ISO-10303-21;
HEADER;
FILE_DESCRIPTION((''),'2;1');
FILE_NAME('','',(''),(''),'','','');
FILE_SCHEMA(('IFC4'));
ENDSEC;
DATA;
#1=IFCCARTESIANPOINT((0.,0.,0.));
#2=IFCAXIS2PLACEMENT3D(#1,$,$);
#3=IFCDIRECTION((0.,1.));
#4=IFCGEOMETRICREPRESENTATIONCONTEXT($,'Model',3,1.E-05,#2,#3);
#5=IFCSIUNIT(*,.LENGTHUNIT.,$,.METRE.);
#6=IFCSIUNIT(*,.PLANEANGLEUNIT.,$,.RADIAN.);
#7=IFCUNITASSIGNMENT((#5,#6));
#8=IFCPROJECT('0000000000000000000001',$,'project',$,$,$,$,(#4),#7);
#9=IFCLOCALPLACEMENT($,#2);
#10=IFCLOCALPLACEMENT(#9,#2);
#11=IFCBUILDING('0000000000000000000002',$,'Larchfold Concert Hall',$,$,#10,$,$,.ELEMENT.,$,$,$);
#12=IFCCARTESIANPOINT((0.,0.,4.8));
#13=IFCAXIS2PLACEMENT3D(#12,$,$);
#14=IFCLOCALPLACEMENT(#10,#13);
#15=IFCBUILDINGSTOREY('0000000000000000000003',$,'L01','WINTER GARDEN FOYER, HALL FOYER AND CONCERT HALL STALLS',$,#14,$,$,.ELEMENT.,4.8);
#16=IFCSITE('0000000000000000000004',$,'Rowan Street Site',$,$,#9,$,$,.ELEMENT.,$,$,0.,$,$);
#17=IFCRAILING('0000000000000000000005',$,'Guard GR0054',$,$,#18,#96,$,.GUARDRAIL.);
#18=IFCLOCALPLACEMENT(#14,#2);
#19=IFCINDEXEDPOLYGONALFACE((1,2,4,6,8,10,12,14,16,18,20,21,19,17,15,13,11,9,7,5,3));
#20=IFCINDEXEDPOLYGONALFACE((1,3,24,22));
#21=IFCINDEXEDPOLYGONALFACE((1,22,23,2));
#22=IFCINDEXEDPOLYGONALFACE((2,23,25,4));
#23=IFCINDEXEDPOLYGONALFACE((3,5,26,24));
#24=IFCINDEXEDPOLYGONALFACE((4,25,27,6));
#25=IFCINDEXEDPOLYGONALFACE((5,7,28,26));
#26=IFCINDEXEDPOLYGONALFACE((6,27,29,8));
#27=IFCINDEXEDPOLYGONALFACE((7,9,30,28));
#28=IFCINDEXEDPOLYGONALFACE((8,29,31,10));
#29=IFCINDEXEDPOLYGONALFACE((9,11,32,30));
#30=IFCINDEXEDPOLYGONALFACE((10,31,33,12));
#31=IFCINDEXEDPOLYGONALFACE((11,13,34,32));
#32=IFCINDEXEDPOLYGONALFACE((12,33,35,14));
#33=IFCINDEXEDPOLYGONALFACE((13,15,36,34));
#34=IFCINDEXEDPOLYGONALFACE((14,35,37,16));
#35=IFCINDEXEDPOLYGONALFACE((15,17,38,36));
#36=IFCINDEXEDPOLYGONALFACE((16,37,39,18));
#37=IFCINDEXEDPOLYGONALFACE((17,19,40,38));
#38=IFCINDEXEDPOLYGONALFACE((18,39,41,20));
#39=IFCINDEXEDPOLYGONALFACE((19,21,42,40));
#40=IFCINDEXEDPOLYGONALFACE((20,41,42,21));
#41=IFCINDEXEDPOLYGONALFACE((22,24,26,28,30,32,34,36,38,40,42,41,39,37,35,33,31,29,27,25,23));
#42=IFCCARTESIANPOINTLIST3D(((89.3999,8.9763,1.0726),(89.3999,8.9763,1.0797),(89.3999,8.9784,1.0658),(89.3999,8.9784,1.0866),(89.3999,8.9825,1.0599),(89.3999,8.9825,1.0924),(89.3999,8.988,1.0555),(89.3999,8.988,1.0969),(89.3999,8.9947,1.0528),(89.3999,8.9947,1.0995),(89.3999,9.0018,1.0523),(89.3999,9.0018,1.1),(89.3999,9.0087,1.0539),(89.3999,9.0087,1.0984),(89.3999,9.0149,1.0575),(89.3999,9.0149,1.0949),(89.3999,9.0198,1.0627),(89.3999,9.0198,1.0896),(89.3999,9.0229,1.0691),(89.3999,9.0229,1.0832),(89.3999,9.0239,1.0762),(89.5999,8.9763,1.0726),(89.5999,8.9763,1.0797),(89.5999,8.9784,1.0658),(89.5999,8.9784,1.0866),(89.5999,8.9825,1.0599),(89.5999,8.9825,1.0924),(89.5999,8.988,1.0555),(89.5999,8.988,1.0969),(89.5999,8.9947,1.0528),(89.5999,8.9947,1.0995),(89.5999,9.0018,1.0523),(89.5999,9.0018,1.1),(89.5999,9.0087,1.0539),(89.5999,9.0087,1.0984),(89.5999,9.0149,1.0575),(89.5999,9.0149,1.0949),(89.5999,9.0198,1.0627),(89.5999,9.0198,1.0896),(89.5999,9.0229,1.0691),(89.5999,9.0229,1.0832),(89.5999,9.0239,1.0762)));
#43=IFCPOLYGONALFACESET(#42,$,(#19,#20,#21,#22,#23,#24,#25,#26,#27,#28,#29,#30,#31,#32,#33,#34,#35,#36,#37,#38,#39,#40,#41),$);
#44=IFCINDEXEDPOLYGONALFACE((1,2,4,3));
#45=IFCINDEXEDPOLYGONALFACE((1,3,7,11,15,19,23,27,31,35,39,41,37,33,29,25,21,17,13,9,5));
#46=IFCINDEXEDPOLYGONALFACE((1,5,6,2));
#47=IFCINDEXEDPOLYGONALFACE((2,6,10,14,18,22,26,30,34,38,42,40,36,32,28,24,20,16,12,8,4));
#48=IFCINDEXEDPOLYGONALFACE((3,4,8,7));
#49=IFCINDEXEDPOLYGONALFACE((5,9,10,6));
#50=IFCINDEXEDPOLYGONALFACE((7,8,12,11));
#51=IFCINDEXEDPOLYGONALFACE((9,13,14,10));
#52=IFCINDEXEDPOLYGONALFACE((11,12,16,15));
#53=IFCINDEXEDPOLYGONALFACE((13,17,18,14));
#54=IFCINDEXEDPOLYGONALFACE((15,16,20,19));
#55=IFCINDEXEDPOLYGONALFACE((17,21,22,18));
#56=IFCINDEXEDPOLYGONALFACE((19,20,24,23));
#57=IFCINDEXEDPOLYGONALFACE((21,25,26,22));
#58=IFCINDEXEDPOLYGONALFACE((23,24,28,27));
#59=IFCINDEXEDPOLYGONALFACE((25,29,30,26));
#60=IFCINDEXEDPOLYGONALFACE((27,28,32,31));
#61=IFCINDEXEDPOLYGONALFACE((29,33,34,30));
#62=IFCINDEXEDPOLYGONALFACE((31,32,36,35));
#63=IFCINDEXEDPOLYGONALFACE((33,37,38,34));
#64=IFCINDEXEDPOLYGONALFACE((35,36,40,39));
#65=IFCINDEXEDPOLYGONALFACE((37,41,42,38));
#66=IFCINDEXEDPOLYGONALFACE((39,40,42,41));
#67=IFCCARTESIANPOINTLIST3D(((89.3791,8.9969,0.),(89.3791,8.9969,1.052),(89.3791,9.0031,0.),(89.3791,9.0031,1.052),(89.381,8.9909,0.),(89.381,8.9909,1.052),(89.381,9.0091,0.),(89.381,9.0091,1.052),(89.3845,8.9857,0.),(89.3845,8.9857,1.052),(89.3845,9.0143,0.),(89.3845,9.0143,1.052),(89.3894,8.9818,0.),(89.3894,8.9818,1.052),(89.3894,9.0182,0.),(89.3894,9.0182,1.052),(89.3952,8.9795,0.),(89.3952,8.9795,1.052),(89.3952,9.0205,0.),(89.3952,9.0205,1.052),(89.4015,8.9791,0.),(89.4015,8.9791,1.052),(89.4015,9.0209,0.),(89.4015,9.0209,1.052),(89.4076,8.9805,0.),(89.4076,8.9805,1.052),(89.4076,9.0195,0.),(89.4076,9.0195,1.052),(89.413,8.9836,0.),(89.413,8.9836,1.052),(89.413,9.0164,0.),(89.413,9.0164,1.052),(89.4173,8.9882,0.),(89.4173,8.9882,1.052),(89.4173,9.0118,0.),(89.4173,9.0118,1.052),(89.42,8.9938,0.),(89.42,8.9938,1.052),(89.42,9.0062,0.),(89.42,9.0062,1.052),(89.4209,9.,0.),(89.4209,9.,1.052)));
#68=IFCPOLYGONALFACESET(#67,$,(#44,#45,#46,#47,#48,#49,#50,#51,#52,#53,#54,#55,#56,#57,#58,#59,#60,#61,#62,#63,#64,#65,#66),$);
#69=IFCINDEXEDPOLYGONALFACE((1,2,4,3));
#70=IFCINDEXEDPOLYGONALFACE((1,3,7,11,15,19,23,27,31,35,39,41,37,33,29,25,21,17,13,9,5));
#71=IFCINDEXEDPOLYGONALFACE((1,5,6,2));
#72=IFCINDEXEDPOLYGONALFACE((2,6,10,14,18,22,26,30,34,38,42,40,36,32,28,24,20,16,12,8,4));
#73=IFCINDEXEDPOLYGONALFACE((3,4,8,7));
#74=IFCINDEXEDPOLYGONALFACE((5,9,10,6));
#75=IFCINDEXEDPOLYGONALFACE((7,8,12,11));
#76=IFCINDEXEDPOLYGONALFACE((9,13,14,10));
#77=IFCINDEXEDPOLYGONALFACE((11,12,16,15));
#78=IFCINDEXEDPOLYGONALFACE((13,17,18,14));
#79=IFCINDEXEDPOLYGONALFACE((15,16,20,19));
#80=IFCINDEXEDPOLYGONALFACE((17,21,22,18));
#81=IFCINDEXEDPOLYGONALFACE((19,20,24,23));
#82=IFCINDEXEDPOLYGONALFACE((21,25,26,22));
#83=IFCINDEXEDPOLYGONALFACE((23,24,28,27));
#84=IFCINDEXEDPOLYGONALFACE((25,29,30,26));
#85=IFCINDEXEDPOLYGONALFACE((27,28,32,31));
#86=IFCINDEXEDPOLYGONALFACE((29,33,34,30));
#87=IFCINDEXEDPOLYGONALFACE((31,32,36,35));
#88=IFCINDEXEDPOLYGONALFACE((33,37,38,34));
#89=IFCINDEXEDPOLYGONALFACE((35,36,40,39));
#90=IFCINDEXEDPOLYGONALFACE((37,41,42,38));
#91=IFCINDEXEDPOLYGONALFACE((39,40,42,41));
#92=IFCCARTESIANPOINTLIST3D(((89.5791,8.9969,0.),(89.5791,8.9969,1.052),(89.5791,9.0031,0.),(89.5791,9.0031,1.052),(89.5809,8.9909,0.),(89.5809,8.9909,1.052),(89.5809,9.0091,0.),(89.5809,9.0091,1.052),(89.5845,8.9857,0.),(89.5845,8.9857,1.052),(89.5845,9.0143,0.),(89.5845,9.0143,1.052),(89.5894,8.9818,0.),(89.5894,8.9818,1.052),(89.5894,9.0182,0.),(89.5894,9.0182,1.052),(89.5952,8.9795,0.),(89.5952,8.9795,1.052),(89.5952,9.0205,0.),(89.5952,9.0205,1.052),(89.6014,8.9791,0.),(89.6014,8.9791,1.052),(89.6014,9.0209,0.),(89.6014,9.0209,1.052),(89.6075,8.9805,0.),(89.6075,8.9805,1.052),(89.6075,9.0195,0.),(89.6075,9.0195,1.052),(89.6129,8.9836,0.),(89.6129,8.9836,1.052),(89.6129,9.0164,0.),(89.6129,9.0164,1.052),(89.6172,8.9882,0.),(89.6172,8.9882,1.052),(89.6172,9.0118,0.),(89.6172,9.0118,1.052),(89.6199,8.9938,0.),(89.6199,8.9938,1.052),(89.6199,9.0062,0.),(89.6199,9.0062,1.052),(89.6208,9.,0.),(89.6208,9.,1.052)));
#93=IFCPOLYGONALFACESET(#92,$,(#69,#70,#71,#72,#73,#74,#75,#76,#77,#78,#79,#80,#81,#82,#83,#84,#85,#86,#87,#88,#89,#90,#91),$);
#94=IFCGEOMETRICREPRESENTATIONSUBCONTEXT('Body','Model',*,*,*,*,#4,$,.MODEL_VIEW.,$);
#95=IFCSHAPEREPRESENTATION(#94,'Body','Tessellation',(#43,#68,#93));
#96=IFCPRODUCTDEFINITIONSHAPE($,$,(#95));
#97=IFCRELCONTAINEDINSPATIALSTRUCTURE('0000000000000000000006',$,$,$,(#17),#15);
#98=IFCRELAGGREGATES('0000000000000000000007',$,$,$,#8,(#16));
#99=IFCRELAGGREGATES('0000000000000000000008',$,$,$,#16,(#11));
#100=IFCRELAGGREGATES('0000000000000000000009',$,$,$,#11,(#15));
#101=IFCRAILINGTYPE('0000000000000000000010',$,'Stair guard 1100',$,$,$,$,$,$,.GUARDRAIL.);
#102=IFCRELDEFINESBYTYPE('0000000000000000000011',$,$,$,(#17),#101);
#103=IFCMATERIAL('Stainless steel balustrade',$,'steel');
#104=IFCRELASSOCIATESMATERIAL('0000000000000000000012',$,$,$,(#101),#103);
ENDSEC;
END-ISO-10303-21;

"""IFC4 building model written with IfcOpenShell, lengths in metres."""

from ifc_helpers import new_model, si_unit, direction, frame, origin, origin_2d, place, context, subcontext, project, spatial, circle, extrude, material, type_object, element, save


model = new_model("IFC4")

# Units and contexts
model_context = context("Model", 3, precision=1e-05, world=origin(), true_north=direction((0.0, 1.0)))
body_context = subcontext(model_context, "Body", "Model", "MODEL_VIEW")
ifc_project = project(units=[si_unit("LENGTHUNIT", "METRE"), si_unit("PLANEANGLEUNIT", "RADIAN")], contexts=[model_context])

# Site, building, storey
site_placement = place(None, origin())
site = spatial("IfcSite", under=ifc_project, at=site_placement, Name="Rowan Street Site", CompositionType="ELEMENT", RefElevation=0.0)
building_placement = place(site_placement, origin())
building = spatial("IfcBuilding", under=site, at=building_placement, Name="Larchfold Concert Hall", CompositionType="ELEMENT")
storey_placement = place(building_placement, frame((0.0, 0.0, 4.8)))
storey = spatial("IfcBuildingStorey", under=building, at=storey_placement, Name="L01", Description="WINTER GARDEN FOYER, HALL FOYER AND CONCERT HALL STALLS", CompositionType="ELEMENT", Elevation=4.8)

# Railing
ifc_material_1 = material(Name="Stainless steel balustrade", Category="steel")
railing_type_1 = type_object("IfcRailingType", Name="Stair guard 1100", PredefinedType="GUARDRAIL", material=ifc_material_1)
railing_1_placement = place(storey_placement, frame((89.3999, 9.0, 0.0)))
element("IfcRailing", 1, at=railing_1_placement, inside=storey, type_object=railing_type_1, Name="Guard GR0054", PredefinedType="GUARDRAIL", context=body_context, shape_type="SweptSolid", body=[
    extrude(circle(Radius=0.0239, at=origin_2d()), frame((0.0, 0.0, 1.0762), z_axis=(1.0, 0.0, 0.0), x_axis=(0.0, 1.0, 0.0)), (0.0, 0.0, 1.0), 0.2),
    extrude(circle(Radius=0.021, at=origin_2d()), origin(), (0.0, 0.0, 1.0), 1.052),
    extrude(circle(Radius=0.021, at=origin_2d()), frame((0.2, 0.0, 0.0)), (0.0, 0.0, 1.0), 1.052),
])

save(model, "model.ifc")
